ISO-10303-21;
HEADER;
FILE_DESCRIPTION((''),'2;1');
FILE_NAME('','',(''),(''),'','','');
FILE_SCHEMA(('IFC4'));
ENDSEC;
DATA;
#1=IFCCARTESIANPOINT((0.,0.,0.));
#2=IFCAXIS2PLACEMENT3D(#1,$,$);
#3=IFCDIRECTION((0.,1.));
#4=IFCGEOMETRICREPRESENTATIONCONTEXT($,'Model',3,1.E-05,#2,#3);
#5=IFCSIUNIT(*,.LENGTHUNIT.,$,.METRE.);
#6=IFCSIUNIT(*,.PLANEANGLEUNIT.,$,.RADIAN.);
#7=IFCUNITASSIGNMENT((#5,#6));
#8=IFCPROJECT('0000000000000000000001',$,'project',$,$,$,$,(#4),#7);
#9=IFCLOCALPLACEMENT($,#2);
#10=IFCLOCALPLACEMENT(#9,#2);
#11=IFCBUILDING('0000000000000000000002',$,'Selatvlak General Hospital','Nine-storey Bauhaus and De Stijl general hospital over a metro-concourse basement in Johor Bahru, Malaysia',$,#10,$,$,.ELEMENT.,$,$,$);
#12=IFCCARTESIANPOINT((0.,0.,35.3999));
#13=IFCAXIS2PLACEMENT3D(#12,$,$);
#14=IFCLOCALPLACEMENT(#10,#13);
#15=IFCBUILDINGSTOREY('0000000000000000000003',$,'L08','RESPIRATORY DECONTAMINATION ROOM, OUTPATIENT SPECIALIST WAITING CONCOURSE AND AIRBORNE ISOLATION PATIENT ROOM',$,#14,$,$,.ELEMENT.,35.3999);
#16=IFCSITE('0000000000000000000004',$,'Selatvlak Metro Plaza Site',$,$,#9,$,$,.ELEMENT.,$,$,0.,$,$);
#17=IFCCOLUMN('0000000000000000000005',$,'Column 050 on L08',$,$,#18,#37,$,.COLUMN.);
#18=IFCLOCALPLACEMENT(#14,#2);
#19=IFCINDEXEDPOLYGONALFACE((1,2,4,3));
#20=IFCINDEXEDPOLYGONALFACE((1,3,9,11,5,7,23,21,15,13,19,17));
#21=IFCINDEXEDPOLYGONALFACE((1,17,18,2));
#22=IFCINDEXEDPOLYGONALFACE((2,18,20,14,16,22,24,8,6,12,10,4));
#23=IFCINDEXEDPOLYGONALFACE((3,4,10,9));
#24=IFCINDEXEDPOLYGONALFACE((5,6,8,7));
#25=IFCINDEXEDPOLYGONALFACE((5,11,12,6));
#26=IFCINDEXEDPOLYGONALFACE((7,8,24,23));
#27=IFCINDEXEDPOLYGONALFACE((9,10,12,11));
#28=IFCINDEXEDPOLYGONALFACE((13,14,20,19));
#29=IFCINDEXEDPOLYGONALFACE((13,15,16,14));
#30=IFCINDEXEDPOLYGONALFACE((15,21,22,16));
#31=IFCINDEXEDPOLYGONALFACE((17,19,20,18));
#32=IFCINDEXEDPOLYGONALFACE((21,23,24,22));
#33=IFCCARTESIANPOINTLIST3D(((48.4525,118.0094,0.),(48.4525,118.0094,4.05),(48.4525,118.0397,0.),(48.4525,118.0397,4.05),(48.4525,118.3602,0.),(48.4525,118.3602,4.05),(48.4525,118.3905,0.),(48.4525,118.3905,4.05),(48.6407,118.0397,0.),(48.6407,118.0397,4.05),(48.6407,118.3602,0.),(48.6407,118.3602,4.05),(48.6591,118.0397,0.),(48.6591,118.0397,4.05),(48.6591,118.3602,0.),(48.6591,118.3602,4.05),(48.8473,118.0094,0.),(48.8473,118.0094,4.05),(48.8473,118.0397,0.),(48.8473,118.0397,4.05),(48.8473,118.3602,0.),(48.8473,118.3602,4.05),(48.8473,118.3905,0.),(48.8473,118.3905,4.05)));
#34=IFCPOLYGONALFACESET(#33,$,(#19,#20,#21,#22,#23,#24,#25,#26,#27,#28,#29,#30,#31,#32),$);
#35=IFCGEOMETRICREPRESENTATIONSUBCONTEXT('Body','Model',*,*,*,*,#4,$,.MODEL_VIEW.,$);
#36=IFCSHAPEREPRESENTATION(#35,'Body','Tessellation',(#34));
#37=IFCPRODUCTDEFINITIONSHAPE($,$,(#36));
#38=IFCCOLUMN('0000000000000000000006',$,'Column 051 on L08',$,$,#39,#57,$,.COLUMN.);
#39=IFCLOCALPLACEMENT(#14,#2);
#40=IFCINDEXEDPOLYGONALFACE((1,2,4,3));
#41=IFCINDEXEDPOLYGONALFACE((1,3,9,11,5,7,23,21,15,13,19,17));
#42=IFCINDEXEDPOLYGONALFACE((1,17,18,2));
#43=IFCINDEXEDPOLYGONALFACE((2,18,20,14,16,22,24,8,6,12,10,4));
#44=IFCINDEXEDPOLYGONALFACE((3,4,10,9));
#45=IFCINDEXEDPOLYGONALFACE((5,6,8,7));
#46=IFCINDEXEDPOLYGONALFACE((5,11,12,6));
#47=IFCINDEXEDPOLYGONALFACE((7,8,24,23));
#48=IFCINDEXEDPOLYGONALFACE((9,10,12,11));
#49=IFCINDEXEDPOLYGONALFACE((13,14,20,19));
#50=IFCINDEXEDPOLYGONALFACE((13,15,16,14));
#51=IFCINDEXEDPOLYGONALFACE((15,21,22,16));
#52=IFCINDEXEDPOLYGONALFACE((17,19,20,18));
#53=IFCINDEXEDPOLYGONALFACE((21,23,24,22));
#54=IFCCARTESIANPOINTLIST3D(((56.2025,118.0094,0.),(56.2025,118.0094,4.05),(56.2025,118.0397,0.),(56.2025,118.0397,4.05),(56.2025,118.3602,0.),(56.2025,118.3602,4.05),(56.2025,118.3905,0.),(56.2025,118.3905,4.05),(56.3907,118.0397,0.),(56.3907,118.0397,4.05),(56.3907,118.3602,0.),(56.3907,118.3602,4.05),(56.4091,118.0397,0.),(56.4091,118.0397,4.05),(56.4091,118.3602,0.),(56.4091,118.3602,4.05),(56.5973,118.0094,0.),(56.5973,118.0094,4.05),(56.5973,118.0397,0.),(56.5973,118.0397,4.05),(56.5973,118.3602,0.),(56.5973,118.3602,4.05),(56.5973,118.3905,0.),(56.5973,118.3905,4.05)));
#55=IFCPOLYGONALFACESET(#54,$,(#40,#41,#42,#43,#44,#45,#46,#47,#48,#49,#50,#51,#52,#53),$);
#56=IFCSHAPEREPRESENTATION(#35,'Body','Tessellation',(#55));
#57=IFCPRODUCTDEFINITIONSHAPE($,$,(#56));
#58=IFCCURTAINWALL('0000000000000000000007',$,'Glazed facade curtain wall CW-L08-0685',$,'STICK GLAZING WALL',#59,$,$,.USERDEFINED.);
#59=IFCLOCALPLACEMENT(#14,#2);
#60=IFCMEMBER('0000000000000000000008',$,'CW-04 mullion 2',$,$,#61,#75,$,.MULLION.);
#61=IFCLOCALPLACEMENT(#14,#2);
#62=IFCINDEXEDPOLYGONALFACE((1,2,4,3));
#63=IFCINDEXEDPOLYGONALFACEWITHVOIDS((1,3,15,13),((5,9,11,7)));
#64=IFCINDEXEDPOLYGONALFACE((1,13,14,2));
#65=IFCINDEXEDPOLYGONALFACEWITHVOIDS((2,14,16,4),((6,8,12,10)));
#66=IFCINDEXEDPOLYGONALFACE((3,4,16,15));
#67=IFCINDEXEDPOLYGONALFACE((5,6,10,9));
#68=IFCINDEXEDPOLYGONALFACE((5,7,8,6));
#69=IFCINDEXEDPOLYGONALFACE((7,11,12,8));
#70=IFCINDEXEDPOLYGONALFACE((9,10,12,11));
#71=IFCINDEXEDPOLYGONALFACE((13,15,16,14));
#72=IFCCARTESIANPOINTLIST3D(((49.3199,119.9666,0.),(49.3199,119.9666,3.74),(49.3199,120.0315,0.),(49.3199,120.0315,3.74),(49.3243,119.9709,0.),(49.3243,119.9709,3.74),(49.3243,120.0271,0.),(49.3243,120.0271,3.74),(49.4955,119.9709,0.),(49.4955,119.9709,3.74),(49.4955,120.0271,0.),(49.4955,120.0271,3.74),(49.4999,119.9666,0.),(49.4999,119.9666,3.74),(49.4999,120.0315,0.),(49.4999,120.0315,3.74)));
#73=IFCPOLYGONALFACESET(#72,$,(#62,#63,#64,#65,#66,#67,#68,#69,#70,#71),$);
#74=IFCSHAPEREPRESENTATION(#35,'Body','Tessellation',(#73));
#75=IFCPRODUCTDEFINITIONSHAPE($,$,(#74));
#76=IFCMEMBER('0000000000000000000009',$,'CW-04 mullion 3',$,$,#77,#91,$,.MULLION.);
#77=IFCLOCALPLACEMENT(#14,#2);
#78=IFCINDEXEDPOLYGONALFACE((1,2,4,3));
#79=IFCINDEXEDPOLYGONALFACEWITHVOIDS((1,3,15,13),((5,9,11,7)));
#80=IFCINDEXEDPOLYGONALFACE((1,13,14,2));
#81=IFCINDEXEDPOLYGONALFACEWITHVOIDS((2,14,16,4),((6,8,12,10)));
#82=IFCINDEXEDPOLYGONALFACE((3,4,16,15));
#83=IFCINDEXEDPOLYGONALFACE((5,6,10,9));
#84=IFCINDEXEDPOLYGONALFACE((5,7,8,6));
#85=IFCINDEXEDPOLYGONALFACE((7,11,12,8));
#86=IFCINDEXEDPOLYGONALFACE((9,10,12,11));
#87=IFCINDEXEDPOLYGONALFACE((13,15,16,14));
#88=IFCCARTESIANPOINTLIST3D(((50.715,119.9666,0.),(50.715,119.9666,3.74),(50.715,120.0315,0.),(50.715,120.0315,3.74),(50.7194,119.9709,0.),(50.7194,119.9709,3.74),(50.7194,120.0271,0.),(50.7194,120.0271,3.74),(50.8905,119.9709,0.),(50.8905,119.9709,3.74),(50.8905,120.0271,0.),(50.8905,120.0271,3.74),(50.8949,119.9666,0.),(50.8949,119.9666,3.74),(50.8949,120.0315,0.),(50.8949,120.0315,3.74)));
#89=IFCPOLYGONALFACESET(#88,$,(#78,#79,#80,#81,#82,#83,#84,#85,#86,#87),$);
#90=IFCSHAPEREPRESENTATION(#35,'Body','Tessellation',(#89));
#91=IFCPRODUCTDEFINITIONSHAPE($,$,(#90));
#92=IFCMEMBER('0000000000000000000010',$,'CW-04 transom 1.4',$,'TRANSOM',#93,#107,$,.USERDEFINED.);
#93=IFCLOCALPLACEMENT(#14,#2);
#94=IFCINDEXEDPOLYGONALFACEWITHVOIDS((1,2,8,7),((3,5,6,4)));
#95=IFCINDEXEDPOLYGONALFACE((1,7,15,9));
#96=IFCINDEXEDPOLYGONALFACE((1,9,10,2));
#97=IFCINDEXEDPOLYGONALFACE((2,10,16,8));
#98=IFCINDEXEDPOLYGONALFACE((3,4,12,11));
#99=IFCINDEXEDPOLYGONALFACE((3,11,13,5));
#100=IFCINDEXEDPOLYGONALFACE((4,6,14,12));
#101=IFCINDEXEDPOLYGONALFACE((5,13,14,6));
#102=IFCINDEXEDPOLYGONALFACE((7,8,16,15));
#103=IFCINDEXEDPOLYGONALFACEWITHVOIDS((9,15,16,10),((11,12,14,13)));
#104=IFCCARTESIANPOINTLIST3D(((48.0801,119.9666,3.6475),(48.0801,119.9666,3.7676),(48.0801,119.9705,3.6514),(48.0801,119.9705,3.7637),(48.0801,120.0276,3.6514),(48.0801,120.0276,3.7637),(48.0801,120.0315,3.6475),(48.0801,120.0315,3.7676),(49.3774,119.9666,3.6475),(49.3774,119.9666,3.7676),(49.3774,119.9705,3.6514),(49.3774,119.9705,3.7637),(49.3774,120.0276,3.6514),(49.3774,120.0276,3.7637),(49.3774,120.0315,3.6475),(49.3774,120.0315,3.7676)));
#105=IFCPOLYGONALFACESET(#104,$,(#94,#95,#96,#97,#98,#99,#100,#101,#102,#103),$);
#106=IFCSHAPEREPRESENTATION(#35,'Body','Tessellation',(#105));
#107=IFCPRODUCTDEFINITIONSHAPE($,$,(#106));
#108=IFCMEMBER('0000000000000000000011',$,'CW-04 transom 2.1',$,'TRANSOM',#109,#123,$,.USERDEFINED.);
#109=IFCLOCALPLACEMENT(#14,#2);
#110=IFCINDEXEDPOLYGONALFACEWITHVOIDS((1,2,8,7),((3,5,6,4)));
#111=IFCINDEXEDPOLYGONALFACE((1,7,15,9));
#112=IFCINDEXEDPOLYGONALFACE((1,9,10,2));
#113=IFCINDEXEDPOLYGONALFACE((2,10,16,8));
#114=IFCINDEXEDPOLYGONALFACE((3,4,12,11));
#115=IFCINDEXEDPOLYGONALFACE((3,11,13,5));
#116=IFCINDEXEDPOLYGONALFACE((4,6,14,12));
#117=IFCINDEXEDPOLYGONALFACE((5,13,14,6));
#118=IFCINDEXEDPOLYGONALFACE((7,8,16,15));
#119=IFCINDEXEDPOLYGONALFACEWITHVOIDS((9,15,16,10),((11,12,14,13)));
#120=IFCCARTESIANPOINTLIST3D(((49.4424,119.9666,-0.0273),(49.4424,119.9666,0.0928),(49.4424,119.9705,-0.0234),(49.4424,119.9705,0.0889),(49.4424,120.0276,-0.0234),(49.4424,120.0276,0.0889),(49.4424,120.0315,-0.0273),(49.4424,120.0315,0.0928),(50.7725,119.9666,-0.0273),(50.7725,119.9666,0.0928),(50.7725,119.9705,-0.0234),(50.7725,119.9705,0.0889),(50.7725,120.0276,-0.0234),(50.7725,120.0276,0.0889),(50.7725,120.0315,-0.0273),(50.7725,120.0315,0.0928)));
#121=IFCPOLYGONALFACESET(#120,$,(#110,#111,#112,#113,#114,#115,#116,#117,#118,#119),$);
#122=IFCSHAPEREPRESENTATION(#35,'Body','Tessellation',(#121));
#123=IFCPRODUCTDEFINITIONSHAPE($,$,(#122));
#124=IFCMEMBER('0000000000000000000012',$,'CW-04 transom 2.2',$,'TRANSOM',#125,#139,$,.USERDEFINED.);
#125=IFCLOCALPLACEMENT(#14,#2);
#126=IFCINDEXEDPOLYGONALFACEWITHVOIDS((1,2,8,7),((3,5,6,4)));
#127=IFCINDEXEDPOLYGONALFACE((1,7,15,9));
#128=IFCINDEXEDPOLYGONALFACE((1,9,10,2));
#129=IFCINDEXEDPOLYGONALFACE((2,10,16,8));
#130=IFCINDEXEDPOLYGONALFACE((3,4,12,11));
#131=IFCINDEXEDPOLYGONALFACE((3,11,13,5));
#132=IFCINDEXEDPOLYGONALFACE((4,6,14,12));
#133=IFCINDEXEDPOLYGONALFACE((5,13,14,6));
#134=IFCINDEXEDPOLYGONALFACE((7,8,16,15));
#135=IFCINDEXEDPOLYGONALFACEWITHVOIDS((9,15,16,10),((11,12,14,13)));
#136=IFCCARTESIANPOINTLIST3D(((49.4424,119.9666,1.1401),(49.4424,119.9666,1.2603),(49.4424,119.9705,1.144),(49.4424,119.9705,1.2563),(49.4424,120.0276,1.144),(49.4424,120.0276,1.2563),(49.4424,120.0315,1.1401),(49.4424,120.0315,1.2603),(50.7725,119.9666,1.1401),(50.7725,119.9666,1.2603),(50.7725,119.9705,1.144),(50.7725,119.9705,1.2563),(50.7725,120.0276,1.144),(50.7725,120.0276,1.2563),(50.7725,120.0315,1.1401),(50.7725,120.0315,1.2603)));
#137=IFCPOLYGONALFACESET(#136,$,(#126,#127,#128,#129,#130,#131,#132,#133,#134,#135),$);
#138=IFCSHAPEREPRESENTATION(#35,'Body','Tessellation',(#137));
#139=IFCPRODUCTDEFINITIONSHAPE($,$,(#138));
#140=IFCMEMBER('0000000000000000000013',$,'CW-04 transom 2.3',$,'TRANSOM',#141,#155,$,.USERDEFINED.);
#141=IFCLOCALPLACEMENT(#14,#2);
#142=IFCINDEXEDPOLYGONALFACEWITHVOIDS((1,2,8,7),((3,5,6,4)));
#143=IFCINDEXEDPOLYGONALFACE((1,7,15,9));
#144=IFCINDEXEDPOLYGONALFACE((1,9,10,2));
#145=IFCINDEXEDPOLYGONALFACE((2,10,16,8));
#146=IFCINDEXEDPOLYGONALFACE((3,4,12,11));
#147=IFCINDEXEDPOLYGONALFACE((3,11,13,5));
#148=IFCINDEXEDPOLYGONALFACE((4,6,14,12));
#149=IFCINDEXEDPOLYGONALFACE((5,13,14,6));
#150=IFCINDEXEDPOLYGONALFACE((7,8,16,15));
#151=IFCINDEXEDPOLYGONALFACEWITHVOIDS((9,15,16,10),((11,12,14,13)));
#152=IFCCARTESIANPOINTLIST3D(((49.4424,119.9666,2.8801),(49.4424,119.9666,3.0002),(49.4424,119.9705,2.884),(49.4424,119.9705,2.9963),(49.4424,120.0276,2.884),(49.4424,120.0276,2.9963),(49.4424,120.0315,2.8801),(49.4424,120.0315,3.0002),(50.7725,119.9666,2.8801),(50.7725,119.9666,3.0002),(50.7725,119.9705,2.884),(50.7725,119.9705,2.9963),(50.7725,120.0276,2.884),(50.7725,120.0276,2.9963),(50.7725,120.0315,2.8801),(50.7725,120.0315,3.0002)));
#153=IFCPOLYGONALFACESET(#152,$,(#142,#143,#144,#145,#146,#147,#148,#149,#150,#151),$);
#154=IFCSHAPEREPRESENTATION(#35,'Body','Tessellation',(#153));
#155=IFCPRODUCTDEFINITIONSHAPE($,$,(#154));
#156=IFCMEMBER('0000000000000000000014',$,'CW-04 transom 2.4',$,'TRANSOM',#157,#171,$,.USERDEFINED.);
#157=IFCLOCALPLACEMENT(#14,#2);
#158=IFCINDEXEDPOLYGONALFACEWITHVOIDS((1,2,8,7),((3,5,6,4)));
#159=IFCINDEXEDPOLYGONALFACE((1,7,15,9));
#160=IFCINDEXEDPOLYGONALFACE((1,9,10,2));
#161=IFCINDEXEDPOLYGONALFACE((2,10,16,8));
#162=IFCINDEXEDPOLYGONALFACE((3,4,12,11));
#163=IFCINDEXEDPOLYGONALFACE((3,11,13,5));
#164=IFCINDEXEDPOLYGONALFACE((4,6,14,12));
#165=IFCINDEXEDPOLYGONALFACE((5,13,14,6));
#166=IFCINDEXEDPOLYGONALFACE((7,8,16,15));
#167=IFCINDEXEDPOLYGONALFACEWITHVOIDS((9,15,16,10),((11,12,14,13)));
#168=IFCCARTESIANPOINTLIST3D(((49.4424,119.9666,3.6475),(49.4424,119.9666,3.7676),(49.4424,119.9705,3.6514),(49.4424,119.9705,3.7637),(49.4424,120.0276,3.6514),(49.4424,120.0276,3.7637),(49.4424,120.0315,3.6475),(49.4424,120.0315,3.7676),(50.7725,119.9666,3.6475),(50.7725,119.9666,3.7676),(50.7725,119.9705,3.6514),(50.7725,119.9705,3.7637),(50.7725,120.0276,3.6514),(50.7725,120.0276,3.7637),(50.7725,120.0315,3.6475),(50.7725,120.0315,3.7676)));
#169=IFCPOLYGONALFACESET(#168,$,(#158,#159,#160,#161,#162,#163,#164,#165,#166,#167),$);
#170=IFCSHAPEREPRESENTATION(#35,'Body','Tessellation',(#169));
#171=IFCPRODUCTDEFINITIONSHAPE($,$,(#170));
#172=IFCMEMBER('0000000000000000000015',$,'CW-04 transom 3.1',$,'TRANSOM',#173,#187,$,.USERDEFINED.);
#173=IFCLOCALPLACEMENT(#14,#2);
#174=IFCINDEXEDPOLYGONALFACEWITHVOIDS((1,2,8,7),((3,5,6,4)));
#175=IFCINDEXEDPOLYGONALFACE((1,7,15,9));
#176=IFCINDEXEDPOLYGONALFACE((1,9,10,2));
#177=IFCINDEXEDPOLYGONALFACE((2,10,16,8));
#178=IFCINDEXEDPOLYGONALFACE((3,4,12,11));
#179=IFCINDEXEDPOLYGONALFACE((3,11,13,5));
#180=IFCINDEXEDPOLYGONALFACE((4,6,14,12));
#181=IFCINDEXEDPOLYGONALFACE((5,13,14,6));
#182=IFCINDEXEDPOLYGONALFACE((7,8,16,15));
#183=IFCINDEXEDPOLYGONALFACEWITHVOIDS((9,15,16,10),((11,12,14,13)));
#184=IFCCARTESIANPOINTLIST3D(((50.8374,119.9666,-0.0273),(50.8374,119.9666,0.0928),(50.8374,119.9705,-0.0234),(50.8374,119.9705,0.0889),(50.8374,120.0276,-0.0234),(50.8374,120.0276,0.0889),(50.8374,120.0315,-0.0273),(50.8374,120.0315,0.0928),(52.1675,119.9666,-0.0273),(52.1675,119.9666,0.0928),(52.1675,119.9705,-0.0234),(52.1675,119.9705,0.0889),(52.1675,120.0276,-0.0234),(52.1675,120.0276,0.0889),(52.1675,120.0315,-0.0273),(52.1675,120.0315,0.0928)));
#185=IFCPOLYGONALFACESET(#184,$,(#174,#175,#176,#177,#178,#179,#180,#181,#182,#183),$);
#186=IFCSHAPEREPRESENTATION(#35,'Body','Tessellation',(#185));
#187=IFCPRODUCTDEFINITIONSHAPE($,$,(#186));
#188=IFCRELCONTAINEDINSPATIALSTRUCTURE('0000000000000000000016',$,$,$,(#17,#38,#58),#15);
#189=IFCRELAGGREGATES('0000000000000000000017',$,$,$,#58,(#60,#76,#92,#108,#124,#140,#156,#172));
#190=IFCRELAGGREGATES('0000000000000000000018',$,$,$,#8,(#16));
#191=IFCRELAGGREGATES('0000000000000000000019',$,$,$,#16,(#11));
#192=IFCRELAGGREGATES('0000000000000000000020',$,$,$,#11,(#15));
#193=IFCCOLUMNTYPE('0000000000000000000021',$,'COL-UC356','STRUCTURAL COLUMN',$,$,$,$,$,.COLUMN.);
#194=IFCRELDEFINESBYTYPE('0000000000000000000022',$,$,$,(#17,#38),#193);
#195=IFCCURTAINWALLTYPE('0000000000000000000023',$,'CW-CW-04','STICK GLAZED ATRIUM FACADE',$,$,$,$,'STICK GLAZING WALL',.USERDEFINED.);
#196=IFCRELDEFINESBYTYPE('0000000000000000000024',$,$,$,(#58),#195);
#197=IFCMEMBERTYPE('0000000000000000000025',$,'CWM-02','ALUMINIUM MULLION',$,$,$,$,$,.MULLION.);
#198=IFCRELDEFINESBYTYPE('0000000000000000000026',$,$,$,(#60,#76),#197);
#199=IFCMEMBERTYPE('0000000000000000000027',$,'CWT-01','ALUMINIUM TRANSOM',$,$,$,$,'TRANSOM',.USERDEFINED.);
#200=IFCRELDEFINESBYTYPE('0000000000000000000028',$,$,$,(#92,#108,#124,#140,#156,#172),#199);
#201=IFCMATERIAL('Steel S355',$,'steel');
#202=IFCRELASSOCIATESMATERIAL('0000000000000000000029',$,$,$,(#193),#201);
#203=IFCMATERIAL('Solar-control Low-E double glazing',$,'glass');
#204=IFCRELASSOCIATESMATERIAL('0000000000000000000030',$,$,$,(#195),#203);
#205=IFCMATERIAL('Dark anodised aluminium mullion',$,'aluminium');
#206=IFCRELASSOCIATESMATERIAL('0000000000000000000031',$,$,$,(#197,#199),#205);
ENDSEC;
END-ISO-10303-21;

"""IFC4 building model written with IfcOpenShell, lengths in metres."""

from ifc_helpers import new_model, si_unit, direction, frame, origin, origin_2d, place, context, subcontext, project, spatial, hollow_rectangle, i_section, extrude, material, material_profile, profile_set, type_object, element, aggregate, save


model = new_model("IFC4")

# Units and contexts
model_context = context("Model", 3, precision=1e-05, world=origin(), true_north=direction((0.0, 1.0)))
body_context = subcontext(model_context, "Body", "Model", "MODEL_VIEW")
ifc_project = project(units=[si_unit("LENGTHUNIT", "METRE"), si_unit("PLANEANGLEUNIT", "RADIAN")], contexts=[model_context])

# Site, building, storey
site_placement = place(None, origin())
site = spatial("IfcSite", under=ifc_project, at=site_placement, Name="Selatvlak Metro Plaza Site", CompositionType="ELEMENT", RefElevation=0.0)
building_placement = place(site_placement, origin())
building = spatial("IfcBuilding", under=site, at=building_placement, Name="Selatvlak General Hospital", Description="Nine-storey Bauhaus and De Stijl general hospital over a metro-concourse basement in Johor Bahru, Malaysia", CompositionType="ELEMENT")
storey_placement = place(building_placement, frame((0.0, 0.0, 35.3999)))
storey = spatial("IfcBuildingStorey", under=building, at=storey_placement, Name="L08", Description="RESPIRATORY DECONTAMINATION ROOM, OUTPATIENT SPECIALIST WAITING CONCOURSE AND AIRBORNE ISOLATION PATIENT ROOM", CompositionType="ELEMENT", Elevation=35.3999)

# Columns
ifc_material_1 = material(Name="Steel S355", Category="steel")
ifc_material_profile_1 = material_profile(ifc_material_1, i_section(OverallWidth=0.3948, OverallDepth=0.3811, WebThickness=0.0183, FlangeThickness=0.0303, at=origin_2d()), Name="UC 356x406x235")
ifc_profile_set_1 = profile_set([ifc_material_profile_1], Name="Steel S355")
column_type = type_object("IfcColumnType", Name="COL-UC356", Description="STRUCTURAL COLUMN", PredefinedType="COLUMN", material=ifc_profile_set_1)
for number, where, z_axis, x_axis, name in (
    (1, (48.6499, 118.2, 0.0), (0.0, 0.0, 1.0), (1.0, 0.0, 0.0), "Column 050 on L08"),
    (2, (56.3999, 118.2, 0.0), (0.0, 0.0, 1.0), (1.0, 0.0, 0.0), "Column 051 on L08"),
):
    element("IfcColumn", number, at=place(storey_placement, frame(where, z_axis=z_axis, x_axis=x_axis)), inside=storey, type_object=column_type, Name=name, PredefinedType="COLUMN", context=body_context, shape_type="SweptSolid", body=[
        extrude(i_section(OverallWidth=0.3948, OverallDepth=0.3811, WebThickness=0.0183, FlangeThickness=0.0303, at=origin_2d()), origin(), (0.0, 0.0, 1.0), 4.05),
    ])

# Curtain wall, members
ifc_material_2 = material(Name="Solar-control Low-E double glazing", Category="glass")
curtain_wall_type = type_object("IfcCurtainWallType", Name="CW-CW-04", Description="STICK GLAZED ATRIUM FACADE", ElementType="STICK GLAZING WALL", PredefinedType="USERDEFINED", material=ifc_material_2)
curtain_wall_placement = place(storey_placement, origin())
curtain_wall = element("IfcCurtainWall", 3, at=curtain_wall_placement, inside=storey, type_object=curtain_wall_type, Name="Glazed facade curtain wall CW-L08-0685", ObjectType="STICK GLAZING WALL", PredefinedType="USERDEFINED")
ifc_material_3 = material(Name="Dark anodised aluminium mullion", Category="aluminium")
ifc_material_profile_2 = material_profile(ifc_material_3, hollow_rectangle(XDim=0.0649, YDim=0.1799, WallThickness=0.0044, at=origin_2d()), Name="AL-MUL 65x180x4.5")
ifc_profile_set_2 = profile_set([ifc_material_profile_2], Name="Dark anodised aluminium mullion")
member_type_1 = type_object("IfcMemberType", Name="CWM-02", Description="ALUMINIUM MULLION", PredefinedType="MULLION", material=ifc_profile_set_2)
member_1_placement = place(storey_placement, frame((49.4099, 119.999, 0.0), z_axis=(0.0, 0.0, 1.0), x_axis=(0.0, 1.0, 0.0)))
member_1 = element("IfcMember", 4, at=member_1_placement, type_object=member_type_1, Name="CW-04 mullion 2", PredefinedType="MULLION", context=body_context, shape_type="SweptSolid", body=[
    extrude(hollow_rectangle(XDim=0.0649, YDim=0.1799, WallThickness=0.0044, at=origin_2d()), origin(), (0.0, 0.0, 1.0), 3.74),
])
member_2_placement = place(storey_placement, frame((50.8049, 119.999, 0.0), z_axis=(0.0, 0.0, 1.0), x_axis=(0.0, 1.0, 0.0)))
member_2 = element("IfcMember", 5, at=member_2_placement, type_object=member_type_1, Name="CW-04 mullion 3", PredefinedType="MULLION", context=body_context, shape_type="SweptSolid", body=[
    extrude(hollow_rectangle(XDim=0.0649, YDim=0.1799, WallThickness=0.0044, at=origin_2d()), origin(), (0.0, 0.0, 1.0), 3.74),
])
ifc_material_profile_3 = material_profile(ifc_material_3, hollow_rectangle(XDim=0.0649, YDim=0.1201, WallThickness=0.0039, at=origin_2d()), Name="AL-TRN 65x120x4")
ifc_profile_set_3 = profile_set([ifc_material_profile_3], Name="Dark anodised aluminium mullion")
member_type_2 = type_object("IfcMemberType", Name="CWT-01", Description="ALUMINIUM TRANSOM", ElementType="TRANSOM", PredefinedType="USERDEFINED", material=ifc_profile_set_3)
member_3_placement = place(storey_placement, frame((48.0801, 119.999, 3.7075), z_axis=(1.0, 0.0, 0.0), x_axis=(0.0, 1.0, 0.0)))
member_3 = element("IfcMember", 6, at=member_3_placement, type_object=member_type_2, Name="CW-04 transom 1.4", ObjectType="TRANSOM", PredefinedType="USERDEFINED", context=body_context, shape_type="SweptSolid", body=[
    extrude(hollow_rectangle(XDim=0.0649, YDim=0.1201, WallThickness=0.0039, at=origin_2d()), origin(), (0.0, 0.0, 1.0), 1.2974),
])
member_4_placement = place(storey_placement, frame((49.4424, 119.999, 0.0327), z_axis=(1.0, 0.0, 0.0), x_axis=(0.0, 1.0, 0.0)))
member_4 = element("IfcMember", 7, at=member_4_placement, type_object=member_type_2, Name="CW-04 transom 2.1", ObjectType="TRANSOM", PredefinedType="USERDEFINED", context=body_context, shape_type="SweptSolid", body=[
    extrude(hollow_rectangle(XDim=0.0649, YDim=0.1201, WallThickness=0.0039, at=origin_2d()), origin(), (0.0, 0.0, 1.0), 1.3301),
])
member_5_placement = place(storey_placement, frame((49.4424, 119.999, 1.2002), z_axis=(1.0, 0.0, 0.0), x_axis=(0.0, 1.0, 0.0)))
member_5 = element("IfcMember", 8, at=member_5_placement, type_object=member_type_2, Name="CW-04 transom 2.2", ObjectType="TRANSOM", PredefinedType="USERDEFINED", context=body_context, shape_type="SweptSolid", body=[
    extrude(hollow_rectangle(XDim=0.0649, YDim=0.1201, WallThickness=0.0039, at=origin_2d()), origin(), (0.0, 0.0, 1.0), 1.3301),
])
member_6_placement = place(storey_placement, frame((49.4424, 119.999, 2.9402), z_axis=(1.0, 0.0, 0.0), x_axis=(0.0, 1.0, 0.0)))
member_6 = element("IfcMember", 9, at=member_6_placement, type_object=member_type_2, Name="CW-04 transom 2.3", ObjectType="TRANSOM", PredefinedType="USERDEFINED", context=body_context, shape_type="SweptSolid", body=[
    extrude(hollow_rectangle(XDim=0.0649, YDim=0.1201, WallThickness=0.0039, at=origin_2d()), origin(), (0.0, 0.0, 1.0), 1.3301),
])
member_7_placement = place(storey_placement, frame((49.4424, 119.999, 3.7075), z_axis=(1.0, 0.0, 0.0), x_axis=(0.0, 1.0, 0.0)))
member_7 = element("IfcMember", 10, at=member_7_placement, type_object=member_type_2, Name="CW-04 transom 2.4", ObjectType="TRANSOM", PredefinedType="USERDEFINED", context=body_context, shape_type="SweptSolid", body=[
    extrude(hollow_rectangle(XDim=0.0649, YDim=0.1201, WallThickness=0.0039, at=origin_2d()), origin(), (0.0, 0.0, 1.0), 1.3301),
])
member_8_placement = place(storey_placement, frame((50.8374, 119.999, 0.0327), z_axis=(1.0, 0.0, 0.0), x_axis=(0.0, 1.0, 0.0)))
member_8 = element("IfcMember", 11, at=member_8_placement, type_object=member_type_2, Name="CW-04 transom 3.1", ObjectType="TRANSOM", PredefinedType="USERDEFINED", context=body_context, shape_type="SweptSolid", body=[
    extrude(hollow_rectangle(XDim=0.0649, YDim=0.1201, WallThickness=0.0039, at=origin_2d()), origin(), (0.0, 0.0, 1.0), 1.3301),
])
aggregate(curtain_wall, [member_1, member_2, member_3, member_4, member_5, member_6, member_7, member_8])

save(model, "model.ifc")
